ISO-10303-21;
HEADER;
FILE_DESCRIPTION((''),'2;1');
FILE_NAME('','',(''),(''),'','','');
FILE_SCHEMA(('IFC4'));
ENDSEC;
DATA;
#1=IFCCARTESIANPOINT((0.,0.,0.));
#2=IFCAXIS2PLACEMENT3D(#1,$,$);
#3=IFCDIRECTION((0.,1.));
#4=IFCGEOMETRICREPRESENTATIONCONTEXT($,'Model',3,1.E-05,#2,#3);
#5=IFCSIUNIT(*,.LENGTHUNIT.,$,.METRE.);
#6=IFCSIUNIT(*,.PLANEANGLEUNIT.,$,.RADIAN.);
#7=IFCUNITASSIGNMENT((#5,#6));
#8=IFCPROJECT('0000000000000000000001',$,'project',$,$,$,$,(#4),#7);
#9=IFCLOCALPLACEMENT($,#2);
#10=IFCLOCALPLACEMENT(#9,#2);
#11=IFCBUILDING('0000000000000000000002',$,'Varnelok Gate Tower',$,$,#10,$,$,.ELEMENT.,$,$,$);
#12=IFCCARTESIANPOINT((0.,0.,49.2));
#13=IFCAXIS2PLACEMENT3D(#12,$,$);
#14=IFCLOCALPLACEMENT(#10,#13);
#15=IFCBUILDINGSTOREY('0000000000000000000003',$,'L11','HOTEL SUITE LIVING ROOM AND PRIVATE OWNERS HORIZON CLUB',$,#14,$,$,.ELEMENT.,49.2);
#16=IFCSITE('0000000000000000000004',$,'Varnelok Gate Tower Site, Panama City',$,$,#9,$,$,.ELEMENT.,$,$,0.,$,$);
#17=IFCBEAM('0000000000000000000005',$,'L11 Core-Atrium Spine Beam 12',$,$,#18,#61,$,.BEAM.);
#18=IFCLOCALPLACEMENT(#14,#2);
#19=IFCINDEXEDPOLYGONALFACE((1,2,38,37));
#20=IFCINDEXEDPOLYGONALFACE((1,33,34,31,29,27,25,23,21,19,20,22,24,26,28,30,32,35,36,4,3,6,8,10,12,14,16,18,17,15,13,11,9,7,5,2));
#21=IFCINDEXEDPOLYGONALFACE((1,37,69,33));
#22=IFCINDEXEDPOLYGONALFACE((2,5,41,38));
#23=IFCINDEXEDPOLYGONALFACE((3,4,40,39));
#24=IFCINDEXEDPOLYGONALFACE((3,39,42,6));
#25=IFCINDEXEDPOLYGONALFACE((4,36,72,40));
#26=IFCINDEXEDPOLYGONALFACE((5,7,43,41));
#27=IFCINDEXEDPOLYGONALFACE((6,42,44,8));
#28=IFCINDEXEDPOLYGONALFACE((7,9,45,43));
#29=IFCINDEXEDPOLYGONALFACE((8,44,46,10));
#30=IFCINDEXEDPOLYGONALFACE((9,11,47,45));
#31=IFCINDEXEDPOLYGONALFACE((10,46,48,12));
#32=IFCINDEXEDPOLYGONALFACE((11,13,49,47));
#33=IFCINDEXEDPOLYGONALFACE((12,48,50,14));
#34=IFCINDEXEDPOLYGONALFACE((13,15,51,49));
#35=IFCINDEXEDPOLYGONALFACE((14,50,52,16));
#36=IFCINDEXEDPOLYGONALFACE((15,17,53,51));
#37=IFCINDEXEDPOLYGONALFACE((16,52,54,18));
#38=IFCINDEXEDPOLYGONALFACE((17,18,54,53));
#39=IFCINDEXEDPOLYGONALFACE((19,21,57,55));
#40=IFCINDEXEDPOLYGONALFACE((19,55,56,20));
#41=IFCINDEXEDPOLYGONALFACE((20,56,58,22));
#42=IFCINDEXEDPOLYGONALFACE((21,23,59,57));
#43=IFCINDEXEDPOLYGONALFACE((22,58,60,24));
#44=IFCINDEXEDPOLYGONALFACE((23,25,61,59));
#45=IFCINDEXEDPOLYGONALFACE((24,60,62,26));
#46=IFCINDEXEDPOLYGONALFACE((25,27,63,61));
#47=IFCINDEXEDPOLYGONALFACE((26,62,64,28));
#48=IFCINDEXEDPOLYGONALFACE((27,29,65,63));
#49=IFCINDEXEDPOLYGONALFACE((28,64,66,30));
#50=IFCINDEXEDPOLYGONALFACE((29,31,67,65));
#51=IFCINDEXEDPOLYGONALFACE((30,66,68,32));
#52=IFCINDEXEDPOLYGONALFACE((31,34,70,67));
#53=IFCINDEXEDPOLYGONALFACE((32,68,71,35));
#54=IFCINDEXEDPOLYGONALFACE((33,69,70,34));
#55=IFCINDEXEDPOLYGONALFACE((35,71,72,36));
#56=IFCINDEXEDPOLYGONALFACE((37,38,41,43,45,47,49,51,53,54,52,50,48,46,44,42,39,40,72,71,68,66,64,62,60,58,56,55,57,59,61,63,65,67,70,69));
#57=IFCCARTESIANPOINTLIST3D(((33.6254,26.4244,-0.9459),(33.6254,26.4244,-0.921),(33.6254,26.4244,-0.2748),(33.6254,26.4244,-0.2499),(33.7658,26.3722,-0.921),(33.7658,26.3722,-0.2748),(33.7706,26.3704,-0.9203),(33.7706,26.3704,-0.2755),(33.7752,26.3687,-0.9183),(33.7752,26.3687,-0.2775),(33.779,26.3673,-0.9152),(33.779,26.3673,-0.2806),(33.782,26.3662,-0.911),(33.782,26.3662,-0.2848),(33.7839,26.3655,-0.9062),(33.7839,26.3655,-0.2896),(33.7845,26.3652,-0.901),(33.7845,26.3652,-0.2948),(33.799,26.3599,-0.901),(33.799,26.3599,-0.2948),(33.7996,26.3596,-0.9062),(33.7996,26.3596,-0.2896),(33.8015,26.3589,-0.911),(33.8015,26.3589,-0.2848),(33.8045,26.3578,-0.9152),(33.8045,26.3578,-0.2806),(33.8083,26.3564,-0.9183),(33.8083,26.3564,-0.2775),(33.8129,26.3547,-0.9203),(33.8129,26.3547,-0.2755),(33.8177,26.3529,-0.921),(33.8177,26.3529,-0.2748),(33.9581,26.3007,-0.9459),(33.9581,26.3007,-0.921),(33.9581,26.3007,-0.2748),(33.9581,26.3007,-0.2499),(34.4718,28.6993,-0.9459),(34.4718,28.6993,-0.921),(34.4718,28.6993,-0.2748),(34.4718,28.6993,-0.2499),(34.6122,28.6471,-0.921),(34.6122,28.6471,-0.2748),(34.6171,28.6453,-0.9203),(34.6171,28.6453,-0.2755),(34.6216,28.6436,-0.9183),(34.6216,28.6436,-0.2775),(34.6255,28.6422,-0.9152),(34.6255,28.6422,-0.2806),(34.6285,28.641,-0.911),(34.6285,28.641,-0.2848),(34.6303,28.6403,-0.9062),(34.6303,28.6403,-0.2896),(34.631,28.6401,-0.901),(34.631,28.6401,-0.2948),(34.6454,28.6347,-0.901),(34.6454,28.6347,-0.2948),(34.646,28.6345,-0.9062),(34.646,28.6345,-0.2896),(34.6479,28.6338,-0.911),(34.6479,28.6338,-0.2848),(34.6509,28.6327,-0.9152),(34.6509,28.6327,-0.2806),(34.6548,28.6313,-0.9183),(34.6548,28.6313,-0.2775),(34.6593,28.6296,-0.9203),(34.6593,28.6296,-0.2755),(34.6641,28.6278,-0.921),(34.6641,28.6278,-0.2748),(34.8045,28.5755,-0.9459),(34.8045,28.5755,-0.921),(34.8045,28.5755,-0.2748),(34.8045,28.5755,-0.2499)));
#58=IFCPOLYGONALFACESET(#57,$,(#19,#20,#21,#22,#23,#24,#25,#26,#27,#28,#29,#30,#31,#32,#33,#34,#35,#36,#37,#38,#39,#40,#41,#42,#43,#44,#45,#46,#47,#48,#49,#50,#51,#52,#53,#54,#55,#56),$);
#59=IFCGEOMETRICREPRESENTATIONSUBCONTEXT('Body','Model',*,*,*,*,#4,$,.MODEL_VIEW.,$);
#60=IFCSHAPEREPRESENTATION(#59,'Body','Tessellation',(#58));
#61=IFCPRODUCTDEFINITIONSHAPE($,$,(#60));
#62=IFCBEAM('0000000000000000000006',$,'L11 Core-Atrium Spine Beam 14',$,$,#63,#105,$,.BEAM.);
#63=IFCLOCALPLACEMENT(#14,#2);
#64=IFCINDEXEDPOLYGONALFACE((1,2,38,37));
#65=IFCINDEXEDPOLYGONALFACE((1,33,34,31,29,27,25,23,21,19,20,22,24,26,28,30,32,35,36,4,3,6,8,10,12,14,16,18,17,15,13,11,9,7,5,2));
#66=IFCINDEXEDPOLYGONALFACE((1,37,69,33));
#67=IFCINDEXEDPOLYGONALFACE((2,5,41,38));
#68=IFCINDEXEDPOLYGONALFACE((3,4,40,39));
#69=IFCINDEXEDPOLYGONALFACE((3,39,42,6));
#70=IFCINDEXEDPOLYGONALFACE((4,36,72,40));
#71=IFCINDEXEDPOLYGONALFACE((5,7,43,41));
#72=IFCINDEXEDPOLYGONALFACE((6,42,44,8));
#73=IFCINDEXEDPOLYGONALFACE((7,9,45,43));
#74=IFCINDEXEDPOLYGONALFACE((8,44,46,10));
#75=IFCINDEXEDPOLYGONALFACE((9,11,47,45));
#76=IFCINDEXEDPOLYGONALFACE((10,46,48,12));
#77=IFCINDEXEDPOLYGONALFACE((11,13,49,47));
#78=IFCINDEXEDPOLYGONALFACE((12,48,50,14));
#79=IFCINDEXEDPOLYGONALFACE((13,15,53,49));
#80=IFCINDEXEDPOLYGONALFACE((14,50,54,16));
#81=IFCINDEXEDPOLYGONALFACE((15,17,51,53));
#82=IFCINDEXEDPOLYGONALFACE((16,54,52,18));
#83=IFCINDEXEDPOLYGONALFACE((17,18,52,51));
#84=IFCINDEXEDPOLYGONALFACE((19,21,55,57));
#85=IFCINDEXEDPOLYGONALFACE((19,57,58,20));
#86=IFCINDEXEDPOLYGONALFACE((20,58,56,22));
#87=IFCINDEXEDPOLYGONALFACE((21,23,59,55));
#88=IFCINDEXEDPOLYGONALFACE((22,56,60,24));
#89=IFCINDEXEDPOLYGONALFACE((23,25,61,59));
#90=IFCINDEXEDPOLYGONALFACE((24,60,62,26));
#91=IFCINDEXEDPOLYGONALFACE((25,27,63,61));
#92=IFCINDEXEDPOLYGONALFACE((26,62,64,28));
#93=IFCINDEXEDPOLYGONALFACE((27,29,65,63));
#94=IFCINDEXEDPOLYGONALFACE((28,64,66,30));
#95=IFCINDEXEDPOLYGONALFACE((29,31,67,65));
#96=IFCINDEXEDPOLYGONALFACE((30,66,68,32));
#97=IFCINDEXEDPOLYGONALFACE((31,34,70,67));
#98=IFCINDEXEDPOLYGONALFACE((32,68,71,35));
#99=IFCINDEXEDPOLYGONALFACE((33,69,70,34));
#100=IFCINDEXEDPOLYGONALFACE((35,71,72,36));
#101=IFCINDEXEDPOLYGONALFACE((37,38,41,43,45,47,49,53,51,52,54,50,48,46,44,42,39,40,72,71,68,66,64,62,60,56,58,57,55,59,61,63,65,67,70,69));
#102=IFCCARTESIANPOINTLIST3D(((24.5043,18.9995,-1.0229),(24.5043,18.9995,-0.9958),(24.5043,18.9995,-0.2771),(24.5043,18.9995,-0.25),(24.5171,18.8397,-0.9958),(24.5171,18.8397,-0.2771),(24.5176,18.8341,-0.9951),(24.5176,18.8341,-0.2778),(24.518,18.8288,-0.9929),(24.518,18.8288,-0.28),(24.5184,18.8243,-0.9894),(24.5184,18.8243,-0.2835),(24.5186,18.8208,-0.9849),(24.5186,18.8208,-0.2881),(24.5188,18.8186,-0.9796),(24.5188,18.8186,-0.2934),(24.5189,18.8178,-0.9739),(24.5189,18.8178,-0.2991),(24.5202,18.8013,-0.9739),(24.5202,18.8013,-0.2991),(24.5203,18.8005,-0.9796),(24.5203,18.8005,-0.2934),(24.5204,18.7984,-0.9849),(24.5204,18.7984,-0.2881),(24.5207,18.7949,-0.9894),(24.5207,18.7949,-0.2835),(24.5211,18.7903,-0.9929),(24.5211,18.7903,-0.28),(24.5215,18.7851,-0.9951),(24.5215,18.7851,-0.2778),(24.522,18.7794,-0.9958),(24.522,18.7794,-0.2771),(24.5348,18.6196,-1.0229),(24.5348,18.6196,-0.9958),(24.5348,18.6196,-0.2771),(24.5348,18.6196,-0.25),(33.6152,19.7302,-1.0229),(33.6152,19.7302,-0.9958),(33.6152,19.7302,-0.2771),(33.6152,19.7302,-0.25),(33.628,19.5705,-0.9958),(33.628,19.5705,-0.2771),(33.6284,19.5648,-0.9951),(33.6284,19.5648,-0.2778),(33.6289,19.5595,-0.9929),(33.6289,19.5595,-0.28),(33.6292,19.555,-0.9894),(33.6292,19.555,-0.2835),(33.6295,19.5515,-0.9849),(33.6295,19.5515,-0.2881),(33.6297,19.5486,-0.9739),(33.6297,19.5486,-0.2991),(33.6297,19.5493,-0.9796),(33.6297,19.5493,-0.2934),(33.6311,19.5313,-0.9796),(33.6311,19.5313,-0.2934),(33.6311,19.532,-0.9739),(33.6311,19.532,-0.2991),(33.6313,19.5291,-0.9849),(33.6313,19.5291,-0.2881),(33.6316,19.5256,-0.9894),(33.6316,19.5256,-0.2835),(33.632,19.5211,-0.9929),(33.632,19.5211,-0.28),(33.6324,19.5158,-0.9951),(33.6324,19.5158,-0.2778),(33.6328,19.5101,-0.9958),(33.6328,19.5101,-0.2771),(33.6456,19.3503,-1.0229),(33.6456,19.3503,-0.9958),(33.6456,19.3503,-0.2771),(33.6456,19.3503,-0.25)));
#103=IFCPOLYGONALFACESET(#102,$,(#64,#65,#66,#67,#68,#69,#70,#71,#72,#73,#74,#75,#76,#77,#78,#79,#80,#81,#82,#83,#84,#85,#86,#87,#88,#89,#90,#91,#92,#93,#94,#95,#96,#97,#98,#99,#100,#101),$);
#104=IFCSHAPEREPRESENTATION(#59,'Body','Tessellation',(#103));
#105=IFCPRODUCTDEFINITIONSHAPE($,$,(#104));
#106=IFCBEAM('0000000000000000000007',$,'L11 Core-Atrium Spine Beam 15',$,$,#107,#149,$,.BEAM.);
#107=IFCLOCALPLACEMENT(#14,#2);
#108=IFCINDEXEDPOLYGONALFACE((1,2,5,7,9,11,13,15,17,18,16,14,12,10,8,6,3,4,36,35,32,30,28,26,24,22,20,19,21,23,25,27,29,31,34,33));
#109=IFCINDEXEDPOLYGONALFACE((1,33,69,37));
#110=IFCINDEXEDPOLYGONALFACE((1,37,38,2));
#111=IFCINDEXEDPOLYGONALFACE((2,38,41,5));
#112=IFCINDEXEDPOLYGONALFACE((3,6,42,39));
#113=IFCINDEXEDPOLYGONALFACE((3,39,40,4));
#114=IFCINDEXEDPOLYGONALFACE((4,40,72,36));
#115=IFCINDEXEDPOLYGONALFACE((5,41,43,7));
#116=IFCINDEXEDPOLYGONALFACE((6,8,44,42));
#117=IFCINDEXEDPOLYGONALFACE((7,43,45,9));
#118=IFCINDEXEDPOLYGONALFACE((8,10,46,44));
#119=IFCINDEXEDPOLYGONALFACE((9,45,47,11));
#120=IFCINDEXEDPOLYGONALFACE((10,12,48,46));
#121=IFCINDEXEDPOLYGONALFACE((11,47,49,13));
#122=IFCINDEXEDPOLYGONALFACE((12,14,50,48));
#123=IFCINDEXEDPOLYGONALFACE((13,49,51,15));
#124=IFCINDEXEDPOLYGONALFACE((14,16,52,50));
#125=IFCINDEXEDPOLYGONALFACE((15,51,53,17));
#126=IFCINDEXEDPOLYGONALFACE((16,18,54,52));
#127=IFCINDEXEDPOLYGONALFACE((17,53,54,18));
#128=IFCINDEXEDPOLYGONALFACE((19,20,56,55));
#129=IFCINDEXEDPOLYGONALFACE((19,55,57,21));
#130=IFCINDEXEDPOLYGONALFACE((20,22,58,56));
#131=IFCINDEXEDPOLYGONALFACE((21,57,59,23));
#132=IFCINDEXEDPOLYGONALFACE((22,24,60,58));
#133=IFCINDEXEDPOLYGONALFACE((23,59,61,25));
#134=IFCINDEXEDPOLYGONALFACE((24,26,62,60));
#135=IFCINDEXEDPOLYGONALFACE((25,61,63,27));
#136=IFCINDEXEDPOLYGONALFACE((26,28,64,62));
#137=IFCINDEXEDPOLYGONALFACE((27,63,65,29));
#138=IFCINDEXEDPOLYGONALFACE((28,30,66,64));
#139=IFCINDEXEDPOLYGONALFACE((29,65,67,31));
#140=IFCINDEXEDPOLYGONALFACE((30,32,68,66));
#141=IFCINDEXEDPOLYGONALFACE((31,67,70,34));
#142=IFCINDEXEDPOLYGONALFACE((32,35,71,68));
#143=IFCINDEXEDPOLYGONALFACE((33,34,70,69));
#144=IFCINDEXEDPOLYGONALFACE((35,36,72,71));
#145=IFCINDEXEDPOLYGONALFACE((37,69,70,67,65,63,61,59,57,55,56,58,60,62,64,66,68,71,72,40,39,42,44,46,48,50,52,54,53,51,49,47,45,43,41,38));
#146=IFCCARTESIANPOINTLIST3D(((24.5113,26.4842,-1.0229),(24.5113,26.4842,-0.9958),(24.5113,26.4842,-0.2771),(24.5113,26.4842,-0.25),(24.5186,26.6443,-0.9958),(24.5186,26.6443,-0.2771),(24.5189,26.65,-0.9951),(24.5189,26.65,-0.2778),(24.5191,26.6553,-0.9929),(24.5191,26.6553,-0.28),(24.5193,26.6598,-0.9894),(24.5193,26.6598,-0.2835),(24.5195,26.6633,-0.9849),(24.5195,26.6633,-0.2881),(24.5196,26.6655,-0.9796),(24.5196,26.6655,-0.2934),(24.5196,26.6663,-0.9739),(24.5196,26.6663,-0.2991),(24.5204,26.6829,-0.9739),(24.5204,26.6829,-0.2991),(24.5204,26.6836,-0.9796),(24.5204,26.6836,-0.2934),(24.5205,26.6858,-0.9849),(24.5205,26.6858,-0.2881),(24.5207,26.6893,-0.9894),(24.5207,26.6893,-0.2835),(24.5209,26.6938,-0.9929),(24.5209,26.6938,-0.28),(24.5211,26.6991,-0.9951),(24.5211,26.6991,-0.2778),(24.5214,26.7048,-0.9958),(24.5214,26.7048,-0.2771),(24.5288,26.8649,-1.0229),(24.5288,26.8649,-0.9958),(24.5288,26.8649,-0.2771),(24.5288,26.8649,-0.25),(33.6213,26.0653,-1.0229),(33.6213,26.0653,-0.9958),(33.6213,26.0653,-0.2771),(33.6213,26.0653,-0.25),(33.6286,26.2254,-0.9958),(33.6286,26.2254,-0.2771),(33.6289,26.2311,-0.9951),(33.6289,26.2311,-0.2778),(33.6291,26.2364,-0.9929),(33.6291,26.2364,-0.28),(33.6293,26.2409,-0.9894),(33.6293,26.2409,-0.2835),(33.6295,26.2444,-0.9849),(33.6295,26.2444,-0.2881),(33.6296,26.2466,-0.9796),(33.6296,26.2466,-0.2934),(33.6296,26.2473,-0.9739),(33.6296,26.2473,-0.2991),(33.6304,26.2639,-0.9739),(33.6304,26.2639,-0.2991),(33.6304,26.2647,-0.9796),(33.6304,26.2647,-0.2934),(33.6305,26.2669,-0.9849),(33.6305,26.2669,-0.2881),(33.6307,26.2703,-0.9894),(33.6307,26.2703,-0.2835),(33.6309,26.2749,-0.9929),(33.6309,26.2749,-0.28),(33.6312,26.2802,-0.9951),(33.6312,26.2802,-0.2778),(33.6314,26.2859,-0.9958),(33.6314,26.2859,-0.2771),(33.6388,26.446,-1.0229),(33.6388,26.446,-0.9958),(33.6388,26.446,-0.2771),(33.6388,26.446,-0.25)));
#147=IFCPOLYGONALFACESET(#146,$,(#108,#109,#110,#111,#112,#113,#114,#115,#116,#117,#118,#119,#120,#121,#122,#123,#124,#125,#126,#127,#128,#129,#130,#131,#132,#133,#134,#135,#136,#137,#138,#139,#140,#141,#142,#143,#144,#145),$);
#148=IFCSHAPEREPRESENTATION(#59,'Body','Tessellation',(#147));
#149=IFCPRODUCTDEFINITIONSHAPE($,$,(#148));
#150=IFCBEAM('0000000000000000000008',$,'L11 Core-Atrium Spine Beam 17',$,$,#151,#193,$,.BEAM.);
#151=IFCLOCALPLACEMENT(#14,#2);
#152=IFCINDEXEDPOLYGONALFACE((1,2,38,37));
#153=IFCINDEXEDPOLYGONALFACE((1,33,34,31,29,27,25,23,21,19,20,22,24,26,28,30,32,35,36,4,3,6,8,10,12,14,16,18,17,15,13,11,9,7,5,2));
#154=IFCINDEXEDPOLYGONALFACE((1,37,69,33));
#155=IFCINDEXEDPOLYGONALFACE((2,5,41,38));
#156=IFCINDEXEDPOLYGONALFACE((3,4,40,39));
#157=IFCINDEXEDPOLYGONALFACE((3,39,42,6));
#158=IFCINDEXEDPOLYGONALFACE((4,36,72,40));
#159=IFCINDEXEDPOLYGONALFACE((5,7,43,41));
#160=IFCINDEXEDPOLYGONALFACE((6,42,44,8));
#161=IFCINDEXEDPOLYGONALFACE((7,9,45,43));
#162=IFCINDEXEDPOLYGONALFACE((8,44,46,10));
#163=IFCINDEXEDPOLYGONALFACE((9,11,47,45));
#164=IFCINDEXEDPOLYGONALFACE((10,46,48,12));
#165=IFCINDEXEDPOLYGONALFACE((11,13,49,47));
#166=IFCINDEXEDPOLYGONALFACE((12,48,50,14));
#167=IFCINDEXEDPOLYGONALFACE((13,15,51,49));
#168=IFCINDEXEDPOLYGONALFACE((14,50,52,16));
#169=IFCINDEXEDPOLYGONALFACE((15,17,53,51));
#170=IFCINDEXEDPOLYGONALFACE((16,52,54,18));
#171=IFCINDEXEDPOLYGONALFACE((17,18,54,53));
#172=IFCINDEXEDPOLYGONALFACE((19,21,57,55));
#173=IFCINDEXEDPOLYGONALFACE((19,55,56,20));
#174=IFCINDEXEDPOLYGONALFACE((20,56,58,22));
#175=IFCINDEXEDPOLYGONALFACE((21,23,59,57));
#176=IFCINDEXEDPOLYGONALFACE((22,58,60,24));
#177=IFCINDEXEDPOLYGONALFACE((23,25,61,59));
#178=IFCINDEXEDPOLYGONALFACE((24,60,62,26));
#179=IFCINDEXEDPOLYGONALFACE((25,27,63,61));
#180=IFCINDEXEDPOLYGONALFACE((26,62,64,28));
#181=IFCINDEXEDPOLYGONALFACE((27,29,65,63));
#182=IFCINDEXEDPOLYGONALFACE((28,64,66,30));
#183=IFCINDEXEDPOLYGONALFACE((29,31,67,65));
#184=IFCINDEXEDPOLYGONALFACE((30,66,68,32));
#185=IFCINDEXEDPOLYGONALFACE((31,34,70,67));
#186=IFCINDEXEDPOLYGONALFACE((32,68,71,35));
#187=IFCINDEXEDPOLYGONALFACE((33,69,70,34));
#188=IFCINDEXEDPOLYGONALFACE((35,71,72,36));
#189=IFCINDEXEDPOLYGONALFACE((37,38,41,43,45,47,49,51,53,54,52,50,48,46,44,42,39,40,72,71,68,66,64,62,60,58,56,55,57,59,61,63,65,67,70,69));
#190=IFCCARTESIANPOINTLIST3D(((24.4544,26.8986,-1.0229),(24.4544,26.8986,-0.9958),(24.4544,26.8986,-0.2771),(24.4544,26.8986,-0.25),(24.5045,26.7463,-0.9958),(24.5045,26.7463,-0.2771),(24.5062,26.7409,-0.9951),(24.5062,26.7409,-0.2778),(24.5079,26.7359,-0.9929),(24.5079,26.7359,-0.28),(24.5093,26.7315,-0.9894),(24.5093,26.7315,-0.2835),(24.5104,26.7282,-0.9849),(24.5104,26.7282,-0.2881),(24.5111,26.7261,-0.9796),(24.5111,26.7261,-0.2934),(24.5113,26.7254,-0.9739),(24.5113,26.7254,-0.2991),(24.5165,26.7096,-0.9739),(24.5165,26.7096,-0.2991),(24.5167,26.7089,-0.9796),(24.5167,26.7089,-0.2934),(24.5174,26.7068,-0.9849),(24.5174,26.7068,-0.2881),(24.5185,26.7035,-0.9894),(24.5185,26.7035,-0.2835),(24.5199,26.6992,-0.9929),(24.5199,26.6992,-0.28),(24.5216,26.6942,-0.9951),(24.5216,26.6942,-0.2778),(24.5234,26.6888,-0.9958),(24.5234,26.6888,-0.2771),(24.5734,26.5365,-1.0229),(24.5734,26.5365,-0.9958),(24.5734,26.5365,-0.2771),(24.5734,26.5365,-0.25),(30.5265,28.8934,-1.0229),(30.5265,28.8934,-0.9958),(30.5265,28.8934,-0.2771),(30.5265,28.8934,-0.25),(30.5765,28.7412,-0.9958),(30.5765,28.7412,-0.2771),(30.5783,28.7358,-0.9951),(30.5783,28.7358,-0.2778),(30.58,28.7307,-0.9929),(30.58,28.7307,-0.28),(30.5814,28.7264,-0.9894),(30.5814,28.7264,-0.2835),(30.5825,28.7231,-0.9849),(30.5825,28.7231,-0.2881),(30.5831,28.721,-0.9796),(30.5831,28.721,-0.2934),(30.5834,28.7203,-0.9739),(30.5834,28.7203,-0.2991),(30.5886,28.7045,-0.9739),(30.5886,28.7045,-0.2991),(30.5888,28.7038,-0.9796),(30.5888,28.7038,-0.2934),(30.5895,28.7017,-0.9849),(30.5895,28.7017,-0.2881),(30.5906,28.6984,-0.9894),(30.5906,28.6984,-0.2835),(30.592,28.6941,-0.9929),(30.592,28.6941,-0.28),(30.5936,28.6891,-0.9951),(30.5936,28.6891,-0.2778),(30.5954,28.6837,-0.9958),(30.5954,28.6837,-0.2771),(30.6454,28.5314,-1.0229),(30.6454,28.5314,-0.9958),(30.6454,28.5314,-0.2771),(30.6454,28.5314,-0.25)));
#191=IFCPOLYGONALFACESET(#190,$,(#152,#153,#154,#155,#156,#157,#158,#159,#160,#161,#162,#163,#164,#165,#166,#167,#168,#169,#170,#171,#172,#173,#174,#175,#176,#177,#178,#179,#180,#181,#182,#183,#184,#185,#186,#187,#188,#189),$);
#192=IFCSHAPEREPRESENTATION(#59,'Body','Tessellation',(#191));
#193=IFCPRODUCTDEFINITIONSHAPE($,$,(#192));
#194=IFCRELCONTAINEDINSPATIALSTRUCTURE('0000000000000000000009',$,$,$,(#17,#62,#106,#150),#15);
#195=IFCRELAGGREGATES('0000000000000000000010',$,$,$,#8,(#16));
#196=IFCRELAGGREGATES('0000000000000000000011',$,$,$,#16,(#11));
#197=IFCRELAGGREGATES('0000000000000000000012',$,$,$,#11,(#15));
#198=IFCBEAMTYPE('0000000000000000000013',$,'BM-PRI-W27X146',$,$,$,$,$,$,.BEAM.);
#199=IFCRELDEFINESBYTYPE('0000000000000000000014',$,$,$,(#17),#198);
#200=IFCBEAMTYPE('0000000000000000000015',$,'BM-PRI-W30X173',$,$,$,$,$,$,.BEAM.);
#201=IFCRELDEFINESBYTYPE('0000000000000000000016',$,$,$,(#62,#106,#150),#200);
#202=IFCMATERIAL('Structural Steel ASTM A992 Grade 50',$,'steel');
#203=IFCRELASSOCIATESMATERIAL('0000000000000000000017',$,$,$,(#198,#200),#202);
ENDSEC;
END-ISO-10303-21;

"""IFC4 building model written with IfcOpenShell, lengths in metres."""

from ifc_helpers import new_model, si_unit, direction, frame, origin, origin_2d, place, context, subcontext, project, spatial, i_section, extrude, material, material_profile, profile_set, type_object, element, save


model = new_model("IFC4")

# Units and contexts
model_context = context("Model", 3, precision=1e-05, world=origin(), true_north=direction((0.0, 1.0)))
body_context = subcontext(model_context, "Body", "Model", "MODEL_VIEW")
ifc_project = project(units=[si_unit("LENGTHUNIT", "METRE"), si_unit("PLANEANGLEUNIT", "RADIAN")], contexts=[model_context])

# Site, building, storey
site_placement = place(None, origin())
site = spatial("IfcSite", under=ifc_project, at=site_placement, Name="Varnelok Gate Tower Site, Panama City", CompositionType="ELEMENT", RefElevation=0.0)
building_placement = place(site_placement, origin())
building = spatial("IfcBuilding", under=site, at=building_placement, Name="Varnelok Gate Tower", CompositionType="ELEMENT")
storey_placement = place(building_placement, frame((0.0, 0.0, 49.2)))
storey = spatial("IfcBuildingStorey", under=building, at=storey_placement, Name="L11", Description="HOTEL SUITE LIVING ROOM AND PRIVATE OWNERS HORIZON CLUB", CompositionType="ELEMENT", Elevation=49.2)

# Shared definitions
ifc_material_1 = material(Name="Structural Steel ASTM A992 Grade 50", Category="steel")

# Beams
ifc_material_profile_1 = material_profile(ifc_material_1, i_section(OverallWidth=0.355, OverallDepth=0.696, WebThickness=0.0154, FlangeThickness=0.0249, FilletRadius=0.02, at=origin_2d()), Name="W27X146")
ifc_profile_set_1 = profile_set([ifc_material_profile_1], Name="Structural Steel ASTM A992 Grade 50")
beam_type_1 = type_object("IfcBeamType", Name="BM-PRI-W27X146", PredefinedType="BEAM", material=ifc_profile_set_1)
beam_1_placement = place(storey_placement, frame((33.7917, 26.3625, -0.5979), z_axis=(0.348719, 0.937227, 0.0), x_axis=(-0.937227, 0.348719, 0.0)))
element("IfcBeam", 1, at=beam_1_placement, inside=storey, type_object=beam_type_1, Name="L11 Core-Atrium Spine Beam 12", PredefinedType="BEAM", context=body_context, shape_type="SweptSolid", body=[
    extrude(i_section(OverallWidth=0.355, OverallDepth=0.696, WebThickness=0.0154, FlangeThickness=0.0249, FilletRadius=0.02, at=origin_2d()), origin(), (0.0, 0.0, 1.0), 2.4272),
])
ifc_material_profile_2 = material_profile(ifc_material_1, i_section(OverallWidth=0.3811, OverallDepth=0.7729, WebThickness=0.0166, FlangeThickness=0.0271, FilletRadius=0.022, at=origin_2d()), Name="W30X173")
ifc_profile_set_2 = profile_set([ifc_material_profile_2], Name="Structural Steel ASTM A992 Grade 50")
beam_type_2 = type_object("IfcBeamType", Name="BM-PRI-W30X173", PredefinedType="BEAM", material=ifc_profile_set_2)
beam_2_placement = place(storey_placement, frame((24.5195, 18.8096, -0.6365), z_axis=(0.996799, 0.079946, 0.0), x_axis=(-0.079946, 0.996799, 0.0)))
element("IfcBeam", 2, at=beam_2_placement, inside=storey, type_object=beam_type_2, Name="L11 Core-Atrium Spine Beam 14", PredefinedType="BEAM", context=body_context, shape_type="SweptSolid", body=[
    extrude(i_section(OverallWidth=0.3811, OverallDepth=0.7729, WebThickness=0.0166, FlangeThickness=0.0271, FilletRadius=0.022, at=origin_2d()), origin(), (0.0, 0.0, 1.0), 9.1401),
])
beam_3_placement = place(storey_placement, frame((24.52, 26.6746, -0.6365), z_axis=(0.998944, -0.045938, 0.0), x_axis=(0.045938, 0.998944, 0.0)))
element("IfcBeam", 3, at=beam_3_placement, inside=storey, type_object=beam_type_2, Name="L11 Core-Atrium Spine Beam 15", PredefinedType="BEAM", context=body_context, shape_type="SweptSolid", body=[
    extrude(i_section(OverallWidth=0.3811, OverallDepth=0.7729, WebThickness=0.0166, FlangeThickness=0.0271, FilletRadius=0.022, at=origin_2d()), origin(), (0.0, 0.0, 1.0), 9.1196),
])
beam_4_placement = place(storey_placement, frame((24.5139, 26.7175, -0.6365), z_axis=(0.950042, 0.312122, 0.0), x_axis=(-0.312122, 0.950042, 0.0)))
element("IfcBeam", 4, at=beam_4_placement, inside=storey, type_object=beam_type_2, Name="L11 Core-Atrium Spine Beam 17", PredefinedType="BEAM", context=body_context, shape_type="SweptSolid", body=[
    extrude(i_section(OverallWidth=0.3811, OverallDepth=0.7729, WebThickness=0.0166, FlangeThickness=0.0271, FilletRadius=0.022, at=origin_2d()), origin(), (0.0, 0.0, 1.0), 6.3914),
])

save(model, "model.ifc")
